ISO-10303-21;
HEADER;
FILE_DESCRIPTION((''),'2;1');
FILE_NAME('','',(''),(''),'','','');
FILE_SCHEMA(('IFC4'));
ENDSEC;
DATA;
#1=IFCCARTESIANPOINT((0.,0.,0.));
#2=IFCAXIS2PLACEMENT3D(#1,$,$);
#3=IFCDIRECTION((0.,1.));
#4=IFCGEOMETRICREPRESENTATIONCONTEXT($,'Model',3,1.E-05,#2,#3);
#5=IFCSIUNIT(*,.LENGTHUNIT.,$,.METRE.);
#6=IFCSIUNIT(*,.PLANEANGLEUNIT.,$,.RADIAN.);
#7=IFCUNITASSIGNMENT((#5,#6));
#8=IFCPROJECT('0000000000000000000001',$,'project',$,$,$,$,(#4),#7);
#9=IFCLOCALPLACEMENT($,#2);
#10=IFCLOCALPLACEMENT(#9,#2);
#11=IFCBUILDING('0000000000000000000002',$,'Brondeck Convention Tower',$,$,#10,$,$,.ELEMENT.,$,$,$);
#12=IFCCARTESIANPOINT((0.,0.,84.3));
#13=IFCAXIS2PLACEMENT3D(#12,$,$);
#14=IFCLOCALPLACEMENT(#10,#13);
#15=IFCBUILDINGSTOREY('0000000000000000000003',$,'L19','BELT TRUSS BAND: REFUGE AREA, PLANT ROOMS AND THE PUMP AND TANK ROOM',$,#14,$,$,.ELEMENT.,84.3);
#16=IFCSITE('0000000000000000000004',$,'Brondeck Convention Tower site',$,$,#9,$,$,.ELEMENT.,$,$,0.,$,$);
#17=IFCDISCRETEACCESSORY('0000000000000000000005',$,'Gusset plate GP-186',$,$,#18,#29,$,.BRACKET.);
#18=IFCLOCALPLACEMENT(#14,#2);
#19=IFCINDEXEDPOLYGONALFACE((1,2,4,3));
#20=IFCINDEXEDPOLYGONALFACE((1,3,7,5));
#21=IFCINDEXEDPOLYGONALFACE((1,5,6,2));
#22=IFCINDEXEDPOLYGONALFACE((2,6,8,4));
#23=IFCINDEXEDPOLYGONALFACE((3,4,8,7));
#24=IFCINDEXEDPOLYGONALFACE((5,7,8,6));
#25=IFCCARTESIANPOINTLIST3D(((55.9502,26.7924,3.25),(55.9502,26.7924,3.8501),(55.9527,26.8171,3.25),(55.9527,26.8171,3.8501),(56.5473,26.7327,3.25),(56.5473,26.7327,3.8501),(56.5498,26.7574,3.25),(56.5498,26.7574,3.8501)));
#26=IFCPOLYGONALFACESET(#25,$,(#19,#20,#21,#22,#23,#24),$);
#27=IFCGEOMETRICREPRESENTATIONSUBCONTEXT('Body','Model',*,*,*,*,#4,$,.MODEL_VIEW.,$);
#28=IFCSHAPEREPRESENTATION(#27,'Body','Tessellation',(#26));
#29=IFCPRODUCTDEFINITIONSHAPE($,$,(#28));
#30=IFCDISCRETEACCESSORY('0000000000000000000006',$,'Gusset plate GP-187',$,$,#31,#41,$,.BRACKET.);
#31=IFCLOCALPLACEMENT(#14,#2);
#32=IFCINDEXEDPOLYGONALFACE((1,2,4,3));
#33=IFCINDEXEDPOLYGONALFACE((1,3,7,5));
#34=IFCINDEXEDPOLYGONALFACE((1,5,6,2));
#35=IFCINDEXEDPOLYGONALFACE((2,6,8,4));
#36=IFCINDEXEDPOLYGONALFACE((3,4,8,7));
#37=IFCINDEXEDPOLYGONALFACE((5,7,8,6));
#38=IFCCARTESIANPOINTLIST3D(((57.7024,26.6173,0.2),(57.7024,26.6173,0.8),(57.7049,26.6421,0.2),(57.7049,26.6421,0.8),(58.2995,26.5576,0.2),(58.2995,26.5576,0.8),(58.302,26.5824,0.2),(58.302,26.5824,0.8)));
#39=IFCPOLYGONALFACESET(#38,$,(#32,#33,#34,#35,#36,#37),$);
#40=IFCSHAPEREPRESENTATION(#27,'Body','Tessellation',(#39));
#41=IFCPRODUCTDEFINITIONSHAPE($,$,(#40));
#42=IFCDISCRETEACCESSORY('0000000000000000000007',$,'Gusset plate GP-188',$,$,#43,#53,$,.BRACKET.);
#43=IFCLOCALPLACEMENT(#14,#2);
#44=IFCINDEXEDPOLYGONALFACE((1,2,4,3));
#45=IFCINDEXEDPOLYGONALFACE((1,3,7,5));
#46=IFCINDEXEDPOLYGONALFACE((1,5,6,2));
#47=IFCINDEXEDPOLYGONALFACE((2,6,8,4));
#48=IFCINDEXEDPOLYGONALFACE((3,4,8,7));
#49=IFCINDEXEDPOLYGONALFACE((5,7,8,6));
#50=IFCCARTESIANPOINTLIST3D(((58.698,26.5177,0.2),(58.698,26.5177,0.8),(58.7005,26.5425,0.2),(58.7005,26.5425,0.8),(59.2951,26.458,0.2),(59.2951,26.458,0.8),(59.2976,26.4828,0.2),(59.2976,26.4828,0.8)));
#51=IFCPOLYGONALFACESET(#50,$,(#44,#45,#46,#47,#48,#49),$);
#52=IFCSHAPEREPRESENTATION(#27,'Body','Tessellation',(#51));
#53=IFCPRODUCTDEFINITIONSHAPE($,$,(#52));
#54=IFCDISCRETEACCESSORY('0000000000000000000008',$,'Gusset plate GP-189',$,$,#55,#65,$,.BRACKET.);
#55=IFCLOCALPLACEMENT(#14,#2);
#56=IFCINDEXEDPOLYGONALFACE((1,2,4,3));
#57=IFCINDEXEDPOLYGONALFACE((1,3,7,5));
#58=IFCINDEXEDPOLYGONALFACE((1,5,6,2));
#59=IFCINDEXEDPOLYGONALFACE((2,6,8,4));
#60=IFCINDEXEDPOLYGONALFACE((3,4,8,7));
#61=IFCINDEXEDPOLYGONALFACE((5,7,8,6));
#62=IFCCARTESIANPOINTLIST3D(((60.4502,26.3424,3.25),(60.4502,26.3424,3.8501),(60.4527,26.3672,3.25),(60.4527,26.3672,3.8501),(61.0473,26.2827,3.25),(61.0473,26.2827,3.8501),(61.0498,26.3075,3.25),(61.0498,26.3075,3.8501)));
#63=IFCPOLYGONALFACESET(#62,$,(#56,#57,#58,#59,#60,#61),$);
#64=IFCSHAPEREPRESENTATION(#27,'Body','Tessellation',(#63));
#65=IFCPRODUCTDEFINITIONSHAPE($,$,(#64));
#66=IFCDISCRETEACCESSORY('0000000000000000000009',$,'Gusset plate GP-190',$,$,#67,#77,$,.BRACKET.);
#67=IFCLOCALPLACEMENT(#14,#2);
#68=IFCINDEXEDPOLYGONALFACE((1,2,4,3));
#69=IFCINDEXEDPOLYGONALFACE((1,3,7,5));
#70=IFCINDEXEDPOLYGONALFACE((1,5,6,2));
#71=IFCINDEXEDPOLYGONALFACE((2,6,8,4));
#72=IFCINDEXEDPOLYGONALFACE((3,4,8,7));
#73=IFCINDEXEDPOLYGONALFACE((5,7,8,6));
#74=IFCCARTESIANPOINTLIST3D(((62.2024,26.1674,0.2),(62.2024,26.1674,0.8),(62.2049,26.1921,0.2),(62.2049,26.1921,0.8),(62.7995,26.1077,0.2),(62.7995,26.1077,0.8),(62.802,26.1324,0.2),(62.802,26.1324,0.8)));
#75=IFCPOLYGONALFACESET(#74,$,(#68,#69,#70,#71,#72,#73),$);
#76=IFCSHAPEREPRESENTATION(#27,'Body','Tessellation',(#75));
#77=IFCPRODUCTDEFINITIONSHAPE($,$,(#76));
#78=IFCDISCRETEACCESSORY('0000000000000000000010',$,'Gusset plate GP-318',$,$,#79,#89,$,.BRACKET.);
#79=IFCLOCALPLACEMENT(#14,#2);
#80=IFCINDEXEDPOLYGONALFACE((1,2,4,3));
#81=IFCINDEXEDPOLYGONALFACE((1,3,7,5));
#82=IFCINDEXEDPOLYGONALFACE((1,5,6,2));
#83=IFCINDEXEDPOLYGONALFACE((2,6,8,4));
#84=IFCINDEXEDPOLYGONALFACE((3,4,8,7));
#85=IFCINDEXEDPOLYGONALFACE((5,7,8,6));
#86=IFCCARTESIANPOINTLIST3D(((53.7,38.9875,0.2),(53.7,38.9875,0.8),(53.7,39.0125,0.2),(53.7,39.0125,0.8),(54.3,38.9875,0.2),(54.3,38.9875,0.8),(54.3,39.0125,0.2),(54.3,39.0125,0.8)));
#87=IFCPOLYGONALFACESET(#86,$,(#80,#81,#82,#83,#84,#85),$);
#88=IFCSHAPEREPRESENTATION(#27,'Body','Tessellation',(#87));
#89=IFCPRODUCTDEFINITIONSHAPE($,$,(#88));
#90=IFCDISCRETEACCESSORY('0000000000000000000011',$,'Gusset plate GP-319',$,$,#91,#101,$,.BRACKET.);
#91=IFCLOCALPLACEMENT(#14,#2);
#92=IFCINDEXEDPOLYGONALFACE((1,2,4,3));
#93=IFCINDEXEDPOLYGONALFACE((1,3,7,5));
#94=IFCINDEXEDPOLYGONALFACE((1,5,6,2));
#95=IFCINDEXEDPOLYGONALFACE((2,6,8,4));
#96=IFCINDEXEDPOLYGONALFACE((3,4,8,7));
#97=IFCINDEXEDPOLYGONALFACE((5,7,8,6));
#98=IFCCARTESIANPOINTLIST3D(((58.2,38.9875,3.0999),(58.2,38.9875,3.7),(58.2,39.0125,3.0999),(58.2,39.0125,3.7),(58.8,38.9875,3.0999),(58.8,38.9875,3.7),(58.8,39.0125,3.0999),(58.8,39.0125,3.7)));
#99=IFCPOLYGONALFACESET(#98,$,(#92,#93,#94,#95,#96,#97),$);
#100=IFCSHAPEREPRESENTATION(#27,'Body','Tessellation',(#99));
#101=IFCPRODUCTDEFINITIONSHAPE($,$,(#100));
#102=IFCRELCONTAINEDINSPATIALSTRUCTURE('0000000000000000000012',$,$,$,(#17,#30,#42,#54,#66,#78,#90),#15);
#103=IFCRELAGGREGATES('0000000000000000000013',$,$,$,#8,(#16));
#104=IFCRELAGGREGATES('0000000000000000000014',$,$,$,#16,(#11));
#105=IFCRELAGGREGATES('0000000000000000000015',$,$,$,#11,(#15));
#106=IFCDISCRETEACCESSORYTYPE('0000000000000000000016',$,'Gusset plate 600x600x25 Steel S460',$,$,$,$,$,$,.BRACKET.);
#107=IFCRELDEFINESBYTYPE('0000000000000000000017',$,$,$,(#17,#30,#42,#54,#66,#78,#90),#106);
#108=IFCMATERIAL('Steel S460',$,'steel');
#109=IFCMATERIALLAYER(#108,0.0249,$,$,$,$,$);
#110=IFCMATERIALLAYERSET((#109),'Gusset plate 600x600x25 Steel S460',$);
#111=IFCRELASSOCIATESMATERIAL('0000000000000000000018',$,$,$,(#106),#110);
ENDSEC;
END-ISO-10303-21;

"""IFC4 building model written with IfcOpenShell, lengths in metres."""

from ifc_helpers import new_model, si_unit, direction, frame, origin, origin_2d, place, context, subcontext, project, spatial, rectangle, extrude, material, layer, layer_set, type_object, element, save


model = new_model("IFC4")

# Units and contexts
model_context = context("Model", 3, precision=1e-05, world=origin(), true_north=direction((0.0, 1.0)))
body_context = subcontext(model_context, "Body", "Model", "MODEL_VIEW")
ifc_project = project(units=[si_unit("LENGTHUNIT", "METRE"), si_unit("PLANEANGLEUNIT", "RADIAN")], contexts=[model_context])

# Site, building, storey
site_placement = place(None, origin())
site = spatial("IfcSite", under=ifc_project, at=site_placement, Name="Brondeck Convention Tower site", CompositionType="ELEMENT", RefElevation=0.0)
building_placement = place(site_placement, origin())
building = spatial("IfcBuilding", under=site, at=building_placement, Name="Brondeck Convention Tower", CompositionType="ELEMENT")
storey_placement = place(building_placement, frame((0.0, 0.0, 84.3)))
storey = spatial("IfcBuildingStorey", under=building, at=storey_placement, Name="L19", Description="BELT TRUSS BAND: REFUGE AREA, PLANT ROOMS AND THE PUMP AND TANK ROOM", CompositionType="ELEMENT", Elevation=84.3)

# Shared definitions
ifc_material_1 = material(Name="Steel S460", Category="steel")

# Discrete accessories
ifc_layer = layer(ifc_material_1, 0.0249)
ifc_layer_set = layer_set([ifc_layer], Name="Gusset plate 600x600x25 Steel S460")
discrete_accessory_type = type_object("IfcDiscreteAccessoryType", Name="Gusset plate 600x600x25 Steel S460", PredefinedType="BRACKET", material=ifc_layer_set)
for number, where, z_axis, x_axis, name in (
    (1, (56.25, 26.7749, 3.25), (0.0, 0.0, 1.0), (-0.995036, 0.099511, 0.0), "Gusset plate GP-186"),
    (2, (58.0022, 26.5999, 0.2), (0.0, 0.0, 1.0), (-0.995036, 0.099511, 0.0), "Gusset plate GP-187"),
    (3, (58.9978, 26.5002, 0.2), (0.0, 0.0, 1.0), (-0.995036, 0.099511, 0.0), "Gusset plate GP-188"),
    (4, (60.75, 26.325, 3.25), (0.0, 0.0, 1.0), (-0.995036, 0.099511, 0.0), "Gusset plate GP-189"),
    (5, (62.5022, 26.1499, 0.2), (0.0, 0.0, 1.0), (-0.995036, 0.099511, 0.0), "Gusset plate GP-190"),
    (6, (54.0, 39.0, 0.2), (0.0, 0.0, 1.0), (1.0, 0.0, 0.0), "Gusset plate GP-318"),
    (7, (58.5, 39.0, 3.0999), (0.0, 0.0, 1.0), (1.0, 0.0, 0.0), "Gusset plate GP-319"),
):
    element("IfcDiscreteAccessory", number, at=place(storey_placement, frame(where, z_axis=z_axis, x_axis=x_axis)), inside=storey, type_object=discrete_accessory_type, Name=name, PredefinedType="BRACKET", context=body_context, shape_type="SweptSolid", body=[
        extrude(rectangle(XDim=0.6001, YDim=0.0249, at=origin_2d()), origin(), (0.0, 0.0, 1.0), 0.6001),
    ])

save(model, "model.ifc")
